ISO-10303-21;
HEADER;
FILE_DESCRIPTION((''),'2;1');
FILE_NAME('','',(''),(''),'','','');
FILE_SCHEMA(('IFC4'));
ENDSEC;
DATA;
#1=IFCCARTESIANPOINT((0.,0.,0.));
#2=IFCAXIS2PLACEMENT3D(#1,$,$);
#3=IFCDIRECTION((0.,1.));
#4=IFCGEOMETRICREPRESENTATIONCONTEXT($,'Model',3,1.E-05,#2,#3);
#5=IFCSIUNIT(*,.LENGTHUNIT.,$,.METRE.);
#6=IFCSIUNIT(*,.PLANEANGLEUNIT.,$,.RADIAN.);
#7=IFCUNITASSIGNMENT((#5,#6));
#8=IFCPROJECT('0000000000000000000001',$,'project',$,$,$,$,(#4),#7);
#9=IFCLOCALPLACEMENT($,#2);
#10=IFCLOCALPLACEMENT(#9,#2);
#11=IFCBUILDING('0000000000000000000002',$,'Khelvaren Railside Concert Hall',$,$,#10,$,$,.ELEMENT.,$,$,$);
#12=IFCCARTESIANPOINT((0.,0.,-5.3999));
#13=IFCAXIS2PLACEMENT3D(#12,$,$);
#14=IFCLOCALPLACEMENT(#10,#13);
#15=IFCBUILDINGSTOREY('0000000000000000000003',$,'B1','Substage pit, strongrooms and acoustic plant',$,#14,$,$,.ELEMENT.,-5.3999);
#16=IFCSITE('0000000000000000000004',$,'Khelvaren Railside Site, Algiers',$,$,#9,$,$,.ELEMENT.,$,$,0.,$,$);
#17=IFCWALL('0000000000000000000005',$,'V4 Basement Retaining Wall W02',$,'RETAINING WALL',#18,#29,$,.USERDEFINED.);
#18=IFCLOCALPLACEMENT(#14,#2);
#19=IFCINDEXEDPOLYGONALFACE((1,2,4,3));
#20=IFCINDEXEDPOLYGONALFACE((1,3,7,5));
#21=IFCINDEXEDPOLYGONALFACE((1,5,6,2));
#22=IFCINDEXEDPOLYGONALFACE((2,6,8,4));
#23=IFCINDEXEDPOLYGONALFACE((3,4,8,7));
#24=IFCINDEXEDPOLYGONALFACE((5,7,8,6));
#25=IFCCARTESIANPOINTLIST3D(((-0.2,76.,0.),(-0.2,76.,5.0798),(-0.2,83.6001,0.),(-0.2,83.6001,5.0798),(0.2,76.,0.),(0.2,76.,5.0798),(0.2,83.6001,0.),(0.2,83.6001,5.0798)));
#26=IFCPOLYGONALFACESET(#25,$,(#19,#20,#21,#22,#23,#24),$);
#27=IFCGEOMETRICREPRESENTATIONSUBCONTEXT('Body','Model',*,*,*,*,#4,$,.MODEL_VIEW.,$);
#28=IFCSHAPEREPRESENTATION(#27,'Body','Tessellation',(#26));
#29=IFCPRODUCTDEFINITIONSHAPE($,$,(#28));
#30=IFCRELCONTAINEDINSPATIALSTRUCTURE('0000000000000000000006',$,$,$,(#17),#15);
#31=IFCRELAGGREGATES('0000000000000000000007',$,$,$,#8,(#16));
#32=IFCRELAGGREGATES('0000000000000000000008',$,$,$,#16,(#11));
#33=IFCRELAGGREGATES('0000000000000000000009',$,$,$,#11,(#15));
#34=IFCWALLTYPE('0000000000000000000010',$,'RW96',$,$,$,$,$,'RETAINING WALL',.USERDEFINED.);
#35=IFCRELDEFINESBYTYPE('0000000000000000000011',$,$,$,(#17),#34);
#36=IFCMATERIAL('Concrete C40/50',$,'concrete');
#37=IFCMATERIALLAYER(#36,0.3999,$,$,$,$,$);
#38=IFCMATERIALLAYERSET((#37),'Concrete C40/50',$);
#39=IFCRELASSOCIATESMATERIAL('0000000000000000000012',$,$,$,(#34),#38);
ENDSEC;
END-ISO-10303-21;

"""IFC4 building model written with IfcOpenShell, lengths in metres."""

from ifc_helpers import new_model, si_unit, direction, frame, frame_2d, origin, place, context, subcontext, project, spatial, rectangle, extrude, material, layer, layer_set, type_object, element, save


model = new_model("IFC4")

# Units and contexts
model_context = context("Model", 3, precision=1e-05, world=origin(), true_north=direction((0.0, 1.0)))
body_context = subcontext(model_context, "Body", "Model", "MODEL_VIEW")
ifc_project = project(units=[si_unit("LENGTHUNIT", "METRE"), si_unit("PLANEANGLEUNIT", "RADIAN")], contexts=[model_context])

# Site, building, storey
site_placement = place(None, origin())
site = spatial("IfcSite", under=ifc_project, at=site_placement, Name="Khelvaren Railside Site, Algiers", CompositionType="ELEMENT", RefElevation=0.0)
building_placement = place(site_placement, origin())
building = spatial("IfcBuilding", under=site, at=building_placement, Name="Khelvaren Railside Concert Hall", CompositionType="ELEMENT")
storey_placement = place(building_placement, frame((0.0, 0.0, -5.3999)))
storey = spatial("IfcBuildingStorey", under=building, at=storey_placement, Name="B1", Description="Substage pit, strongrooms and acoustic plant", CompositionType="ELEMENT", Elevation=-5.3999)

# Wall
ifc_material_1 = material(Name="Concrete C40/50", Category="concrete")
ifc_layer_1 = layer(ifc_material_1, 0.3999)
ifc_layer_set_1 = layer_set([ifc_layer_1], Name="Concrete C40/50")
wall_type_1 = type_object("IfcWallType", Name="RW96", ElementType="RETAINING WALL", PredefinedType="USERDEFINED", material=ifc_layer_set_1)
for number, where, z_axis, x_axis, name in (
    (1, (0.0, 83.6001, 0.0), (0.0, 0.0, 1.0), (0.0, -1.0, 0.0), "V4 Basement Retaining Wall W02"),
):
    element("IfcWall", number, at=place(storey_placement, frame(where, z_axis=z_axis, x_axis=x_axis)), inside=storey, type_object=wall_type_1, Name=name, ObjectType="RETAINING WALL", PredefinedType="USERDEFINED", context=body_context, shape_type="SweptSolid", body=[
        extrude(rectangle(XDim=7.6001, YDim=0.3999, at=frame_2d((3.8, 0.0))), origin(), (0.0, 0.0, 1.0), 5.0798),
    ])

save(model, "model.ifc")
